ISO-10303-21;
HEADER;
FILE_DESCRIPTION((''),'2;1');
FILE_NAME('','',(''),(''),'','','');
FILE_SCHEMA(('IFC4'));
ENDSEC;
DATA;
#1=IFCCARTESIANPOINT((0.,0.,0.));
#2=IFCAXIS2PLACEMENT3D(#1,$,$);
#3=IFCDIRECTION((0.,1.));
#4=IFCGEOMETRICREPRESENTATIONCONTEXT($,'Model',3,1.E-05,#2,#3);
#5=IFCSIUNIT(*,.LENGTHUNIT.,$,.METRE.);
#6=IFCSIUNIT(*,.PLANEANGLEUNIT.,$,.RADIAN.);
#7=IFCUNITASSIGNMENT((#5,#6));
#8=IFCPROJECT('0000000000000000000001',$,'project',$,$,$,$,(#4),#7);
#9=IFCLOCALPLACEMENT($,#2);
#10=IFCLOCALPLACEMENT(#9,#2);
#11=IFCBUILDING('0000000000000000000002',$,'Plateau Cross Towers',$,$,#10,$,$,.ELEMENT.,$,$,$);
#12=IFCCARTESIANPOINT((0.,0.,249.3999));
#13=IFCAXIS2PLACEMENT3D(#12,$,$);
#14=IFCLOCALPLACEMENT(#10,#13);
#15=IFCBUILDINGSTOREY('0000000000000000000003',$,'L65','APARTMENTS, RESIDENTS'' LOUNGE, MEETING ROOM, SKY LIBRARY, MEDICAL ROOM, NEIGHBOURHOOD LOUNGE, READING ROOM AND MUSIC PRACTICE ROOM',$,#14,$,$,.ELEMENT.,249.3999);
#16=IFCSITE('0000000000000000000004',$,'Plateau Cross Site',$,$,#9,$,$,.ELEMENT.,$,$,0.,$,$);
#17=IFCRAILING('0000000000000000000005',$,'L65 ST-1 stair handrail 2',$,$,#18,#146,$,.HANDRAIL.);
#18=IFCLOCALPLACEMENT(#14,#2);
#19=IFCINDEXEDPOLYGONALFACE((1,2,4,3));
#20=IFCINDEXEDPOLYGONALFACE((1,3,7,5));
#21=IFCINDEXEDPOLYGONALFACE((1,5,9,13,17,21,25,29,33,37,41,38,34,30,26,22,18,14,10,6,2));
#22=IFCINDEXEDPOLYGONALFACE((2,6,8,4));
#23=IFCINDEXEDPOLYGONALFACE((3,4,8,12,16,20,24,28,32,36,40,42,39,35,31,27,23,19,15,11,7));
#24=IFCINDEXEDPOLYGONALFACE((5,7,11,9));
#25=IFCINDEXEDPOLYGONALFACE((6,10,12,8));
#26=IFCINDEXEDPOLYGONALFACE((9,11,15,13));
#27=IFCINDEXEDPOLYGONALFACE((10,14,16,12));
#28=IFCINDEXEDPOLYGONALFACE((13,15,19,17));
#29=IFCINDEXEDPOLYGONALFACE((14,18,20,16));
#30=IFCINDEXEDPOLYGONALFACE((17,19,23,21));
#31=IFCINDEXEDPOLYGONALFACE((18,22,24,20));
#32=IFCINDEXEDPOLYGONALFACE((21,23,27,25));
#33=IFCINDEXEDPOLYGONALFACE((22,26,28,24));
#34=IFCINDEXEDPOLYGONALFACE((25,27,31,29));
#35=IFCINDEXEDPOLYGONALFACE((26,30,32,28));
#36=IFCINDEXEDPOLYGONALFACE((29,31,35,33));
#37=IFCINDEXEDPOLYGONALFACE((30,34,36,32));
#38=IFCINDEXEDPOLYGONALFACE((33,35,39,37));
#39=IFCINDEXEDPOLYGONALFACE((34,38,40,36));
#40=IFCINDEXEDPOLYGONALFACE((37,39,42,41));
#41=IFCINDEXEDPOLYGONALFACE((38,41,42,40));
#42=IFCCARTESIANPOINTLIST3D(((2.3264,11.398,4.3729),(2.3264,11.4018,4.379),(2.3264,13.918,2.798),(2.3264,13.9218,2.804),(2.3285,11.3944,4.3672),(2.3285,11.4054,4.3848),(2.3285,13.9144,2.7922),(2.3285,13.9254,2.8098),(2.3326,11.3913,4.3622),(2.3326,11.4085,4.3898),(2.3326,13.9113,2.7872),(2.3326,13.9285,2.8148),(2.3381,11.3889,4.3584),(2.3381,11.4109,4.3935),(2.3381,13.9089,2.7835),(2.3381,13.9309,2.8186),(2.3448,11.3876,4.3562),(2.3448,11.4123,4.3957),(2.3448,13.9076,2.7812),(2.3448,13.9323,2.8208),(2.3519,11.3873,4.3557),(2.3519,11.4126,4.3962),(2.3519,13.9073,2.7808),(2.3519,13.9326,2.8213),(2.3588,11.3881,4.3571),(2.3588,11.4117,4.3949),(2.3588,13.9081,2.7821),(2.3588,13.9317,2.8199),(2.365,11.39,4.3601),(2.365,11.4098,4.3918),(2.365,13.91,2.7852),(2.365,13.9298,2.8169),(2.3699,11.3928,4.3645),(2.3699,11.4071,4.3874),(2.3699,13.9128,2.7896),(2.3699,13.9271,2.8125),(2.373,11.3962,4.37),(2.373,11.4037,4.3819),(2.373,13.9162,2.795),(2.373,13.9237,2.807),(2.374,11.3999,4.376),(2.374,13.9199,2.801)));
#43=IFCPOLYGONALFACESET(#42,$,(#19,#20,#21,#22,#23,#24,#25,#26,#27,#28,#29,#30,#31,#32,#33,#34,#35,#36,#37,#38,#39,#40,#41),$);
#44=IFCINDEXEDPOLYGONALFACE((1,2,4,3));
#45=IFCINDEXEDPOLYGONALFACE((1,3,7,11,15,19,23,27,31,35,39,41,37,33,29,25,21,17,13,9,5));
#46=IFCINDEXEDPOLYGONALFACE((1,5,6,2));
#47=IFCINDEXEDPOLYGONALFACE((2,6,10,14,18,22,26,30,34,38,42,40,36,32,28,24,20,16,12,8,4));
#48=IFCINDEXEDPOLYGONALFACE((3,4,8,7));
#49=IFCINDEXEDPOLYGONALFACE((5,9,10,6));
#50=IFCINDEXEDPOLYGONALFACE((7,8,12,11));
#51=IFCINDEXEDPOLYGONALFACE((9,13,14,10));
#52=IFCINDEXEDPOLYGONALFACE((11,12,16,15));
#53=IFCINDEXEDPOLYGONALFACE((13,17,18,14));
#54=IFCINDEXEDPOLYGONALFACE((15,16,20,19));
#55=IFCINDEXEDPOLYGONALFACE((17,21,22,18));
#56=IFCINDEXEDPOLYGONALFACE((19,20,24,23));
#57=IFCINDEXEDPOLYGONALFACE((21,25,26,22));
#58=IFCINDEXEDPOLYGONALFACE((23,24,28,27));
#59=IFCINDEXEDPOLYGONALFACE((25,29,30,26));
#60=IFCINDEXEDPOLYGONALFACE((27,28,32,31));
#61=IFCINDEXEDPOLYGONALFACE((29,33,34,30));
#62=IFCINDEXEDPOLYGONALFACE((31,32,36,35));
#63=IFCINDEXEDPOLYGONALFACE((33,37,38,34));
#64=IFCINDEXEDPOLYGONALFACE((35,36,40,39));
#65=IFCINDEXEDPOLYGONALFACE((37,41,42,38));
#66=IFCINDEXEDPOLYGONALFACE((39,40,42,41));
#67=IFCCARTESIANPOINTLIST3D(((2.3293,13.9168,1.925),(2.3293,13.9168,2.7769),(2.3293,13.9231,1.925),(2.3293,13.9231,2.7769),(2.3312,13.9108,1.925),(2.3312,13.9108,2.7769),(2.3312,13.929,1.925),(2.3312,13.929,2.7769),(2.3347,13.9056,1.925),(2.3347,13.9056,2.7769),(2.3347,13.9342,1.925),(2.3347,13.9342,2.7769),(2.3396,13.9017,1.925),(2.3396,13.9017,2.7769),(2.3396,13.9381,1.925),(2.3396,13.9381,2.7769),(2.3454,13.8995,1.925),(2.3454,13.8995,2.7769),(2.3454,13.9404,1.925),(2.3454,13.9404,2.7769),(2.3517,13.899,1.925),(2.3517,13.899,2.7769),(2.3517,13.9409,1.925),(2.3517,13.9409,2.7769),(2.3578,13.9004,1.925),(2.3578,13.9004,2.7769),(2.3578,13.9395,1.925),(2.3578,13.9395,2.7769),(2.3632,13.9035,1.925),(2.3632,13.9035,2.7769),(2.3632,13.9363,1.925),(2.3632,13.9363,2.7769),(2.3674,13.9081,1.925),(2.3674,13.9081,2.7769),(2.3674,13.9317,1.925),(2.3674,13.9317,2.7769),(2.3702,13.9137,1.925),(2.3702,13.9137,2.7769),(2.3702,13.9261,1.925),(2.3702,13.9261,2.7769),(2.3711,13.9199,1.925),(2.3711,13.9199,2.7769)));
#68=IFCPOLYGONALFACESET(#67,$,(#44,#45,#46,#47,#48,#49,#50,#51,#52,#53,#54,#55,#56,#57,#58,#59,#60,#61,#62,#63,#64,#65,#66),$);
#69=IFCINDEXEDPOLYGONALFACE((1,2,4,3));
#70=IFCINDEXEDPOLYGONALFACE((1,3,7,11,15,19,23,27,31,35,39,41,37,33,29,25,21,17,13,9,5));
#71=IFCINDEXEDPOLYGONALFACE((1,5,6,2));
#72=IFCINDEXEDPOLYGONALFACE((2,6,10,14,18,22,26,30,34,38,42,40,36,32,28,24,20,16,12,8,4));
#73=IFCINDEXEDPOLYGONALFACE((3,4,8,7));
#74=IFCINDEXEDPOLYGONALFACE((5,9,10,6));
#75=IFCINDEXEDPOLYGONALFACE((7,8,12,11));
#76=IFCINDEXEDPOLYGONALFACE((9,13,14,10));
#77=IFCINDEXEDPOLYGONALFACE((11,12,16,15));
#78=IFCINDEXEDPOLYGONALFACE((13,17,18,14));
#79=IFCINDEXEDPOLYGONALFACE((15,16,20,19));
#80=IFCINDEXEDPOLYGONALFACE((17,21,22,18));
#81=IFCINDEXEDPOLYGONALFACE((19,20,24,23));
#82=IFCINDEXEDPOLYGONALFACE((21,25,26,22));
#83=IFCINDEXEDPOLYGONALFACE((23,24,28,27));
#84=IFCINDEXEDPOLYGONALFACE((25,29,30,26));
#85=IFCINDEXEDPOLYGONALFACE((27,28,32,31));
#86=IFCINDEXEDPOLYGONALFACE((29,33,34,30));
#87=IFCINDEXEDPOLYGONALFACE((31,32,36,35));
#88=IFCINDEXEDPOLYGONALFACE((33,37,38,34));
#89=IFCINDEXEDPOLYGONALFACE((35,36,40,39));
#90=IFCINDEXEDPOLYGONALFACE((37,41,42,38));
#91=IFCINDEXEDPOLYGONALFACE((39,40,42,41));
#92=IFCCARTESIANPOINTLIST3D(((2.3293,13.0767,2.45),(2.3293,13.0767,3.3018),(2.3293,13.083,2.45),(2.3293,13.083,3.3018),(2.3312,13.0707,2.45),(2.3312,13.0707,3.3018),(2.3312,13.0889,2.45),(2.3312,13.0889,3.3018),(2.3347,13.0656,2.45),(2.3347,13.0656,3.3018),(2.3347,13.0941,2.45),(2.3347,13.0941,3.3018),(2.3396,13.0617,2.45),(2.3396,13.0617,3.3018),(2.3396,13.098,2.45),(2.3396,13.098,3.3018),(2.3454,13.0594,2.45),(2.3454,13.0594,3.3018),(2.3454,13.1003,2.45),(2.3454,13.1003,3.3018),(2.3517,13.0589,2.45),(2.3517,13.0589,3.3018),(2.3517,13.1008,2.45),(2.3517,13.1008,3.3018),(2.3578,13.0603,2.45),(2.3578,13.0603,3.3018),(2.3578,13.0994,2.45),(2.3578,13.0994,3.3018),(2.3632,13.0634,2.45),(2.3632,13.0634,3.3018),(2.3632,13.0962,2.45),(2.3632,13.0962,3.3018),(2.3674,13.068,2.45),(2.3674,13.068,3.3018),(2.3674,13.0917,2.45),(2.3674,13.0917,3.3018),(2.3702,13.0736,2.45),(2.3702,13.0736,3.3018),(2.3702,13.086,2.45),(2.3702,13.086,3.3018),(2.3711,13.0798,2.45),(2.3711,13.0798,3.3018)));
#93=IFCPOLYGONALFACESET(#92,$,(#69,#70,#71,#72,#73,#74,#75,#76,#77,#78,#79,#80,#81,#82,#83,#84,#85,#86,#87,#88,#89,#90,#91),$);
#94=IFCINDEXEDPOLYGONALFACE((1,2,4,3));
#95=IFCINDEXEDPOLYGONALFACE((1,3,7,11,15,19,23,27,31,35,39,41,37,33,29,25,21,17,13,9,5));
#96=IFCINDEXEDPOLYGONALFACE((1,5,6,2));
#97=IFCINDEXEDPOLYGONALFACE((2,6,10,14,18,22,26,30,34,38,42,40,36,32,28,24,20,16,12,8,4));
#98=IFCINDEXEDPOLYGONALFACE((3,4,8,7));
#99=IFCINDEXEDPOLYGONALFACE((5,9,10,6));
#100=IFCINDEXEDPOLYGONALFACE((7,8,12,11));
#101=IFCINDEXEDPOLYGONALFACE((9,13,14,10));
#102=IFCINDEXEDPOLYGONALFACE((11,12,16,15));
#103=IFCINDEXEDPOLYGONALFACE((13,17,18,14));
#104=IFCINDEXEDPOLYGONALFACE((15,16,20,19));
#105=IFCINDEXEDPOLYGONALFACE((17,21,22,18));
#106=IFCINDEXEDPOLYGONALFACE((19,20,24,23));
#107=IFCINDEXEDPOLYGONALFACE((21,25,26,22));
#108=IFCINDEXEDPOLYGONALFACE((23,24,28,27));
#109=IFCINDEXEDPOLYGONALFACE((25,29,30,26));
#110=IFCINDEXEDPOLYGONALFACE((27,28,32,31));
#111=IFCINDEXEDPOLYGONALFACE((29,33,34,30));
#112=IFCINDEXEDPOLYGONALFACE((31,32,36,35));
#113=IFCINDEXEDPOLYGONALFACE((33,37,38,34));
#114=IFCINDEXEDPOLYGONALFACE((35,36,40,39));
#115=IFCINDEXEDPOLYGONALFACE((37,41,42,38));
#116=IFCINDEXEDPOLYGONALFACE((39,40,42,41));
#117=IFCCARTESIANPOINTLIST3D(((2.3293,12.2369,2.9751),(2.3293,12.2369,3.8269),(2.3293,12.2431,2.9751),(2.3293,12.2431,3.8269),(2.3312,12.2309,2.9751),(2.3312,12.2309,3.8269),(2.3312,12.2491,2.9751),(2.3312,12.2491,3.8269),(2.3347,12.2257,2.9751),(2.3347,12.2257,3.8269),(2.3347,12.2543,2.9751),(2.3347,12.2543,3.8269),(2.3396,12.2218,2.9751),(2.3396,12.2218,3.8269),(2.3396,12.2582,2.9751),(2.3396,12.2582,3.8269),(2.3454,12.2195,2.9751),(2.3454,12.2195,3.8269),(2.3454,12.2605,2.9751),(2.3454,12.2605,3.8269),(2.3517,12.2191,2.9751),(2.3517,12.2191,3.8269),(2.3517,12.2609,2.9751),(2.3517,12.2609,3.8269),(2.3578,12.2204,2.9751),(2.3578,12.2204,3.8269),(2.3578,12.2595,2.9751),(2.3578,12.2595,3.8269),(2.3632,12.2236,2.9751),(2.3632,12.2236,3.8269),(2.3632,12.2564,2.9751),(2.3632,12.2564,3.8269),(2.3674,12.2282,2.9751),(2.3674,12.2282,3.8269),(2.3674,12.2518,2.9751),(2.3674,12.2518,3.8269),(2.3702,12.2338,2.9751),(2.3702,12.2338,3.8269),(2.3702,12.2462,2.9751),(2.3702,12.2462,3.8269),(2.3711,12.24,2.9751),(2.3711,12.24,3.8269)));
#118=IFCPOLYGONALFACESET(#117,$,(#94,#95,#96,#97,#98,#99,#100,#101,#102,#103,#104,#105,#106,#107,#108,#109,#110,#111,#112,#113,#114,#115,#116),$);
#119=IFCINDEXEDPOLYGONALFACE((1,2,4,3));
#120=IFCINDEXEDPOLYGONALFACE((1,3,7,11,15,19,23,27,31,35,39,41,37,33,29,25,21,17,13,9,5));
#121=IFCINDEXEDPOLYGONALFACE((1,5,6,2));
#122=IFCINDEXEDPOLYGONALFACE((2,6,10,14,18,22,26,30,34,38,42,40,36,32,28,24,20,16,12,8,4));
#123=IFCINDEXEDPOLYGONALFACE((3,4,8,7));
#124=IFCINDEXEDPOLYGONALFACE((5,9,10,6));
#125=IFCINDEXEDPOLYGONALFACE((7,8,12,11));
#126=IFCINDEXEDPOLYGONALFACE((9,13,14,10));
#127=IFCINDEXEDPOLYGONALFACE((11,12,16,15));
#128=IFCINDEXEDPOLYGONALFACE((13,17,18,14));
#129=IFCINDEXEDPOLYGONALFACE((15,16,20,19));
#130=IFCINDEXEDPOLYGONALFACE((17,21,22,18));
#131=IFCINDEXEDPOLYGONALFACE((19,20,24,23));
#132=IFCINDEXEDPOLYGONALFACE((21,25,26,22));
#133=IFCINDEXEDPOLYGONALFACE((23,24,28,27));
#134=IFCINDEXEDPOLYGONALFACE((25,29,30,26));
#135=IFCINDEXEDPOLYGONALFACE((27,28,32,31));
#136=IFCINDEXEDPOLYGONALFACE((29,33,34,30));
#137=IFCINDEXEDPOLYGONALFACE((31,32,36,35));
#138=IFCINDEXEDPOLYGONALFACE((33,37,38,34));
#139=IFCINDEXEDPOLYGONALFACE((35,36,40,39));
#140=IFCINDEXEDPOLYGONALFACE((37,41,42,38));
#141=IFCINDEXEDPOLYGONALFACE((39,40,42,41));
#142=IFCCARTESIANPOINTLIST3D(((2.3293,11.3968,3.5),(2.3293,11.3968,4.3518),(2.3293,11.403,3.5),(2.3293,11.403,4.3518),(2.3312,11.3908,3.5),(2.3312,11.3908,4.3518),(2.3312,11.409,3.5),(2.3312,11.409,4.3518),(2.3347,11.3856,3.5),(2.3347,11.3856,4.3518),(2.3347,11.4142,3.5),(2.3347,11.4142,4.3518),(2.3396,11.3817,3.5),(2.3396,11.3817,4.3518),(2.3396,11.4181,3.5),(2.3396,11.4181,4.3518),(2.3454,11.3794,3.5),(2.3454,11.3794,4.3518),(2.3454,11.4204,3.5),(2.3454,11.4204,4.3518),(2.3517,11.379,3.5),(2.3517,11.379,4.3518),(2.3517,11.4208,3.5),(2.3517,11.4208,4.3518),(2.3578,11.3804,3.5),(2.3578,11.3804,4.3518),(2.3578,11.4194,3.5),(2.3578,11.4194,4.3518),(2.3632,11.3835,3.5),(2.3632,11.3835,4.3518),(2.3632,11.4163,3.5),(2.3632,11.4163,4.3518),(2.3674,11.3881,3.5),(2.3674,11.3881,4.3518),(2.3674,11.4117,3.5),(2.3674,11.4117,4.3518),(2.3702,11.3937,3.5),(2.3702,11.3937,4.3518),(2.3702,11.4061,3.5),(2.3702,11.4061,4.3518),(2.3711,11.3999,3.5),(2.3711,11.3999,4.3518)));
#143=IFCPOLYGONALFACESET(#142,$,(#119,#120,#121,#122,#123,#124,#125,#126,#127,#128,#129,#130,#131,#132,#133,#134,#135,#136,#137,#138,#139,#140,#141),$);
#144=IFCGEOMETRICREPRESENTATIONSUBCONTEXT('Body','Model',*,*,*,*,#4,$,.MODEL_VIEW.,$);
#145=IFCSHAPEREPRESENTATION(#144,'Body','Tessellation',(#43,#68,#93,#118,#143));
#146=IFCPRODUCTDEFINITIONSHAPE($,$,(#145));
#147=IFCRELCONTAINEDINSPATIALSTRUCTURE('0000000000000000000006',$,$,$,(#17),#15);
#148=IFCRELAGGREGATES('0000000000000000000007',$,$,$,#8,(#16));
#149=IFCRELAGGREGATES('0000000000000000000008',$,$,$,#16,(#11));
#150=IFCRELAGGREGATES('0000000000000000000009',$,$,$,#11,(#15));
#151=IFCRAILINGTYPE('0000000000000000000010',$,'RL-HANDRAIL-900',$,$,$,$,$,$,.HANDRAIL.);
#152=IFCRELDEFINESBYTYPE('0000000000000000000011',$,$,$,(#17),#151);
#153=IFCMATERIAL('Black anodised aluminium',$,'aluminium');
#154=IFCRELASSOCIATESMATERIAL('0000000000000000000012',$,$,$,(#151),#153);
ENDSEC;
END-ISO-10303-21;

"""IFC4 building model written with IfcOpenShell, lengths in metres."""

from ifc_helpers import new_model, si_unit, direction, frame, origin, origin_2d, place, context, subcontext, project, spatial, circle, extrude, material, type_object, element, save


model = new_model("IFC4")

# Units and contexts
model_context = context("Model", 3, precision=1e-05, world=origin(), true_north=direction((0.0, 1.0)))
body_context = subcontext(model_context, "Body", "Model", "MODEL_VIEW")
ifc_project = project(units=[si_unit("LENGTHUNIT", "METRE"), si_unit("PLANEANGLEUNIT", "RADIAN")], contexts=[model_context])

# Site, building, storey
site_placement = place(None, origin())
site = spatial("IfcSite", under=ifc_project, at=site_placement, Name="Plateau Cross Site", CompositionType="ELEMENT", RefElevation=0.0)
building_placement = place(site_placement, origin())
building = spatial("IfcBuilding", under=site, at=building_placement, Name="Plateau Cross Towers", CompositionType="ELEMENT")
storey_placement = place(building_placement, frame((0.0, 0.0, 249.3999)))
storey = spatial("IfcBuildingStorey", under=building, at=storey_placement, Name="L65", Description="APARTMENTS, RESIDENTS' LOUNGE, MEETING ROOM, SKY LIBRARY, MEDICAL ROOM, NEIGHBOURHOOD LOUNGE, READING ROOM AND MUSIC PRACTICE ROOM", CompositionType="ELEMENT", Elevation=249.3999)

# Shared definitions
ifc_material_1 = material(Name="Black anodised aluminium", Category="aluminium")

# Railing
railing_type_1 = type_object("IfcRailingType", Name="RL-HANDRAIL-900", PredefinedType="HANDRAIL", material=ifc_material_1)
railing_1_placement = place(storey_placement, frame((2.3501, 13.9199, 1.925)))
element("IfcRailing", 1, at=railing_1_placement, inside=storey, type_object=railing_type_1, Name="L65 ST-1 stair handrail 2", PredefinedType="HANDRAIL", context=body_context, shape_type="SweptSolid", body=[
    extrude(circle(Radius=0.0239, at=origin_2d()), frame((0.0, 0.0, 0.876), z_axis=(0.0, -0.848008, 0.529984), x_axis=(1.0, 0.0, 0.0)), (0.0, 0.0, 1.0), 2.9717),
    extrude(circle(Radius=0.021, at=origin_2d()), origin(), (0.0, 0.0, 1.0), 0.8518),
    extrude(circle(Radius=0.021, at=origin_2d()), frame((0.0, -0.8401, 0.5249)), (0.0, 0.0, 1.0), 0.8518),
    extrude(circle(Radius=0.021, at=origin_2d()), frame((0.0, -1.6799, 1.05)), (0.0, 0.0, 1.0), 0.8518),
    extrude(circle(Radius=0.021, at=origin_2d()), frame((0.0, -2.52, 1.575)), (0.0, 0.0, 1.0), 0.8518),
])

save(model, "model.ifc")
